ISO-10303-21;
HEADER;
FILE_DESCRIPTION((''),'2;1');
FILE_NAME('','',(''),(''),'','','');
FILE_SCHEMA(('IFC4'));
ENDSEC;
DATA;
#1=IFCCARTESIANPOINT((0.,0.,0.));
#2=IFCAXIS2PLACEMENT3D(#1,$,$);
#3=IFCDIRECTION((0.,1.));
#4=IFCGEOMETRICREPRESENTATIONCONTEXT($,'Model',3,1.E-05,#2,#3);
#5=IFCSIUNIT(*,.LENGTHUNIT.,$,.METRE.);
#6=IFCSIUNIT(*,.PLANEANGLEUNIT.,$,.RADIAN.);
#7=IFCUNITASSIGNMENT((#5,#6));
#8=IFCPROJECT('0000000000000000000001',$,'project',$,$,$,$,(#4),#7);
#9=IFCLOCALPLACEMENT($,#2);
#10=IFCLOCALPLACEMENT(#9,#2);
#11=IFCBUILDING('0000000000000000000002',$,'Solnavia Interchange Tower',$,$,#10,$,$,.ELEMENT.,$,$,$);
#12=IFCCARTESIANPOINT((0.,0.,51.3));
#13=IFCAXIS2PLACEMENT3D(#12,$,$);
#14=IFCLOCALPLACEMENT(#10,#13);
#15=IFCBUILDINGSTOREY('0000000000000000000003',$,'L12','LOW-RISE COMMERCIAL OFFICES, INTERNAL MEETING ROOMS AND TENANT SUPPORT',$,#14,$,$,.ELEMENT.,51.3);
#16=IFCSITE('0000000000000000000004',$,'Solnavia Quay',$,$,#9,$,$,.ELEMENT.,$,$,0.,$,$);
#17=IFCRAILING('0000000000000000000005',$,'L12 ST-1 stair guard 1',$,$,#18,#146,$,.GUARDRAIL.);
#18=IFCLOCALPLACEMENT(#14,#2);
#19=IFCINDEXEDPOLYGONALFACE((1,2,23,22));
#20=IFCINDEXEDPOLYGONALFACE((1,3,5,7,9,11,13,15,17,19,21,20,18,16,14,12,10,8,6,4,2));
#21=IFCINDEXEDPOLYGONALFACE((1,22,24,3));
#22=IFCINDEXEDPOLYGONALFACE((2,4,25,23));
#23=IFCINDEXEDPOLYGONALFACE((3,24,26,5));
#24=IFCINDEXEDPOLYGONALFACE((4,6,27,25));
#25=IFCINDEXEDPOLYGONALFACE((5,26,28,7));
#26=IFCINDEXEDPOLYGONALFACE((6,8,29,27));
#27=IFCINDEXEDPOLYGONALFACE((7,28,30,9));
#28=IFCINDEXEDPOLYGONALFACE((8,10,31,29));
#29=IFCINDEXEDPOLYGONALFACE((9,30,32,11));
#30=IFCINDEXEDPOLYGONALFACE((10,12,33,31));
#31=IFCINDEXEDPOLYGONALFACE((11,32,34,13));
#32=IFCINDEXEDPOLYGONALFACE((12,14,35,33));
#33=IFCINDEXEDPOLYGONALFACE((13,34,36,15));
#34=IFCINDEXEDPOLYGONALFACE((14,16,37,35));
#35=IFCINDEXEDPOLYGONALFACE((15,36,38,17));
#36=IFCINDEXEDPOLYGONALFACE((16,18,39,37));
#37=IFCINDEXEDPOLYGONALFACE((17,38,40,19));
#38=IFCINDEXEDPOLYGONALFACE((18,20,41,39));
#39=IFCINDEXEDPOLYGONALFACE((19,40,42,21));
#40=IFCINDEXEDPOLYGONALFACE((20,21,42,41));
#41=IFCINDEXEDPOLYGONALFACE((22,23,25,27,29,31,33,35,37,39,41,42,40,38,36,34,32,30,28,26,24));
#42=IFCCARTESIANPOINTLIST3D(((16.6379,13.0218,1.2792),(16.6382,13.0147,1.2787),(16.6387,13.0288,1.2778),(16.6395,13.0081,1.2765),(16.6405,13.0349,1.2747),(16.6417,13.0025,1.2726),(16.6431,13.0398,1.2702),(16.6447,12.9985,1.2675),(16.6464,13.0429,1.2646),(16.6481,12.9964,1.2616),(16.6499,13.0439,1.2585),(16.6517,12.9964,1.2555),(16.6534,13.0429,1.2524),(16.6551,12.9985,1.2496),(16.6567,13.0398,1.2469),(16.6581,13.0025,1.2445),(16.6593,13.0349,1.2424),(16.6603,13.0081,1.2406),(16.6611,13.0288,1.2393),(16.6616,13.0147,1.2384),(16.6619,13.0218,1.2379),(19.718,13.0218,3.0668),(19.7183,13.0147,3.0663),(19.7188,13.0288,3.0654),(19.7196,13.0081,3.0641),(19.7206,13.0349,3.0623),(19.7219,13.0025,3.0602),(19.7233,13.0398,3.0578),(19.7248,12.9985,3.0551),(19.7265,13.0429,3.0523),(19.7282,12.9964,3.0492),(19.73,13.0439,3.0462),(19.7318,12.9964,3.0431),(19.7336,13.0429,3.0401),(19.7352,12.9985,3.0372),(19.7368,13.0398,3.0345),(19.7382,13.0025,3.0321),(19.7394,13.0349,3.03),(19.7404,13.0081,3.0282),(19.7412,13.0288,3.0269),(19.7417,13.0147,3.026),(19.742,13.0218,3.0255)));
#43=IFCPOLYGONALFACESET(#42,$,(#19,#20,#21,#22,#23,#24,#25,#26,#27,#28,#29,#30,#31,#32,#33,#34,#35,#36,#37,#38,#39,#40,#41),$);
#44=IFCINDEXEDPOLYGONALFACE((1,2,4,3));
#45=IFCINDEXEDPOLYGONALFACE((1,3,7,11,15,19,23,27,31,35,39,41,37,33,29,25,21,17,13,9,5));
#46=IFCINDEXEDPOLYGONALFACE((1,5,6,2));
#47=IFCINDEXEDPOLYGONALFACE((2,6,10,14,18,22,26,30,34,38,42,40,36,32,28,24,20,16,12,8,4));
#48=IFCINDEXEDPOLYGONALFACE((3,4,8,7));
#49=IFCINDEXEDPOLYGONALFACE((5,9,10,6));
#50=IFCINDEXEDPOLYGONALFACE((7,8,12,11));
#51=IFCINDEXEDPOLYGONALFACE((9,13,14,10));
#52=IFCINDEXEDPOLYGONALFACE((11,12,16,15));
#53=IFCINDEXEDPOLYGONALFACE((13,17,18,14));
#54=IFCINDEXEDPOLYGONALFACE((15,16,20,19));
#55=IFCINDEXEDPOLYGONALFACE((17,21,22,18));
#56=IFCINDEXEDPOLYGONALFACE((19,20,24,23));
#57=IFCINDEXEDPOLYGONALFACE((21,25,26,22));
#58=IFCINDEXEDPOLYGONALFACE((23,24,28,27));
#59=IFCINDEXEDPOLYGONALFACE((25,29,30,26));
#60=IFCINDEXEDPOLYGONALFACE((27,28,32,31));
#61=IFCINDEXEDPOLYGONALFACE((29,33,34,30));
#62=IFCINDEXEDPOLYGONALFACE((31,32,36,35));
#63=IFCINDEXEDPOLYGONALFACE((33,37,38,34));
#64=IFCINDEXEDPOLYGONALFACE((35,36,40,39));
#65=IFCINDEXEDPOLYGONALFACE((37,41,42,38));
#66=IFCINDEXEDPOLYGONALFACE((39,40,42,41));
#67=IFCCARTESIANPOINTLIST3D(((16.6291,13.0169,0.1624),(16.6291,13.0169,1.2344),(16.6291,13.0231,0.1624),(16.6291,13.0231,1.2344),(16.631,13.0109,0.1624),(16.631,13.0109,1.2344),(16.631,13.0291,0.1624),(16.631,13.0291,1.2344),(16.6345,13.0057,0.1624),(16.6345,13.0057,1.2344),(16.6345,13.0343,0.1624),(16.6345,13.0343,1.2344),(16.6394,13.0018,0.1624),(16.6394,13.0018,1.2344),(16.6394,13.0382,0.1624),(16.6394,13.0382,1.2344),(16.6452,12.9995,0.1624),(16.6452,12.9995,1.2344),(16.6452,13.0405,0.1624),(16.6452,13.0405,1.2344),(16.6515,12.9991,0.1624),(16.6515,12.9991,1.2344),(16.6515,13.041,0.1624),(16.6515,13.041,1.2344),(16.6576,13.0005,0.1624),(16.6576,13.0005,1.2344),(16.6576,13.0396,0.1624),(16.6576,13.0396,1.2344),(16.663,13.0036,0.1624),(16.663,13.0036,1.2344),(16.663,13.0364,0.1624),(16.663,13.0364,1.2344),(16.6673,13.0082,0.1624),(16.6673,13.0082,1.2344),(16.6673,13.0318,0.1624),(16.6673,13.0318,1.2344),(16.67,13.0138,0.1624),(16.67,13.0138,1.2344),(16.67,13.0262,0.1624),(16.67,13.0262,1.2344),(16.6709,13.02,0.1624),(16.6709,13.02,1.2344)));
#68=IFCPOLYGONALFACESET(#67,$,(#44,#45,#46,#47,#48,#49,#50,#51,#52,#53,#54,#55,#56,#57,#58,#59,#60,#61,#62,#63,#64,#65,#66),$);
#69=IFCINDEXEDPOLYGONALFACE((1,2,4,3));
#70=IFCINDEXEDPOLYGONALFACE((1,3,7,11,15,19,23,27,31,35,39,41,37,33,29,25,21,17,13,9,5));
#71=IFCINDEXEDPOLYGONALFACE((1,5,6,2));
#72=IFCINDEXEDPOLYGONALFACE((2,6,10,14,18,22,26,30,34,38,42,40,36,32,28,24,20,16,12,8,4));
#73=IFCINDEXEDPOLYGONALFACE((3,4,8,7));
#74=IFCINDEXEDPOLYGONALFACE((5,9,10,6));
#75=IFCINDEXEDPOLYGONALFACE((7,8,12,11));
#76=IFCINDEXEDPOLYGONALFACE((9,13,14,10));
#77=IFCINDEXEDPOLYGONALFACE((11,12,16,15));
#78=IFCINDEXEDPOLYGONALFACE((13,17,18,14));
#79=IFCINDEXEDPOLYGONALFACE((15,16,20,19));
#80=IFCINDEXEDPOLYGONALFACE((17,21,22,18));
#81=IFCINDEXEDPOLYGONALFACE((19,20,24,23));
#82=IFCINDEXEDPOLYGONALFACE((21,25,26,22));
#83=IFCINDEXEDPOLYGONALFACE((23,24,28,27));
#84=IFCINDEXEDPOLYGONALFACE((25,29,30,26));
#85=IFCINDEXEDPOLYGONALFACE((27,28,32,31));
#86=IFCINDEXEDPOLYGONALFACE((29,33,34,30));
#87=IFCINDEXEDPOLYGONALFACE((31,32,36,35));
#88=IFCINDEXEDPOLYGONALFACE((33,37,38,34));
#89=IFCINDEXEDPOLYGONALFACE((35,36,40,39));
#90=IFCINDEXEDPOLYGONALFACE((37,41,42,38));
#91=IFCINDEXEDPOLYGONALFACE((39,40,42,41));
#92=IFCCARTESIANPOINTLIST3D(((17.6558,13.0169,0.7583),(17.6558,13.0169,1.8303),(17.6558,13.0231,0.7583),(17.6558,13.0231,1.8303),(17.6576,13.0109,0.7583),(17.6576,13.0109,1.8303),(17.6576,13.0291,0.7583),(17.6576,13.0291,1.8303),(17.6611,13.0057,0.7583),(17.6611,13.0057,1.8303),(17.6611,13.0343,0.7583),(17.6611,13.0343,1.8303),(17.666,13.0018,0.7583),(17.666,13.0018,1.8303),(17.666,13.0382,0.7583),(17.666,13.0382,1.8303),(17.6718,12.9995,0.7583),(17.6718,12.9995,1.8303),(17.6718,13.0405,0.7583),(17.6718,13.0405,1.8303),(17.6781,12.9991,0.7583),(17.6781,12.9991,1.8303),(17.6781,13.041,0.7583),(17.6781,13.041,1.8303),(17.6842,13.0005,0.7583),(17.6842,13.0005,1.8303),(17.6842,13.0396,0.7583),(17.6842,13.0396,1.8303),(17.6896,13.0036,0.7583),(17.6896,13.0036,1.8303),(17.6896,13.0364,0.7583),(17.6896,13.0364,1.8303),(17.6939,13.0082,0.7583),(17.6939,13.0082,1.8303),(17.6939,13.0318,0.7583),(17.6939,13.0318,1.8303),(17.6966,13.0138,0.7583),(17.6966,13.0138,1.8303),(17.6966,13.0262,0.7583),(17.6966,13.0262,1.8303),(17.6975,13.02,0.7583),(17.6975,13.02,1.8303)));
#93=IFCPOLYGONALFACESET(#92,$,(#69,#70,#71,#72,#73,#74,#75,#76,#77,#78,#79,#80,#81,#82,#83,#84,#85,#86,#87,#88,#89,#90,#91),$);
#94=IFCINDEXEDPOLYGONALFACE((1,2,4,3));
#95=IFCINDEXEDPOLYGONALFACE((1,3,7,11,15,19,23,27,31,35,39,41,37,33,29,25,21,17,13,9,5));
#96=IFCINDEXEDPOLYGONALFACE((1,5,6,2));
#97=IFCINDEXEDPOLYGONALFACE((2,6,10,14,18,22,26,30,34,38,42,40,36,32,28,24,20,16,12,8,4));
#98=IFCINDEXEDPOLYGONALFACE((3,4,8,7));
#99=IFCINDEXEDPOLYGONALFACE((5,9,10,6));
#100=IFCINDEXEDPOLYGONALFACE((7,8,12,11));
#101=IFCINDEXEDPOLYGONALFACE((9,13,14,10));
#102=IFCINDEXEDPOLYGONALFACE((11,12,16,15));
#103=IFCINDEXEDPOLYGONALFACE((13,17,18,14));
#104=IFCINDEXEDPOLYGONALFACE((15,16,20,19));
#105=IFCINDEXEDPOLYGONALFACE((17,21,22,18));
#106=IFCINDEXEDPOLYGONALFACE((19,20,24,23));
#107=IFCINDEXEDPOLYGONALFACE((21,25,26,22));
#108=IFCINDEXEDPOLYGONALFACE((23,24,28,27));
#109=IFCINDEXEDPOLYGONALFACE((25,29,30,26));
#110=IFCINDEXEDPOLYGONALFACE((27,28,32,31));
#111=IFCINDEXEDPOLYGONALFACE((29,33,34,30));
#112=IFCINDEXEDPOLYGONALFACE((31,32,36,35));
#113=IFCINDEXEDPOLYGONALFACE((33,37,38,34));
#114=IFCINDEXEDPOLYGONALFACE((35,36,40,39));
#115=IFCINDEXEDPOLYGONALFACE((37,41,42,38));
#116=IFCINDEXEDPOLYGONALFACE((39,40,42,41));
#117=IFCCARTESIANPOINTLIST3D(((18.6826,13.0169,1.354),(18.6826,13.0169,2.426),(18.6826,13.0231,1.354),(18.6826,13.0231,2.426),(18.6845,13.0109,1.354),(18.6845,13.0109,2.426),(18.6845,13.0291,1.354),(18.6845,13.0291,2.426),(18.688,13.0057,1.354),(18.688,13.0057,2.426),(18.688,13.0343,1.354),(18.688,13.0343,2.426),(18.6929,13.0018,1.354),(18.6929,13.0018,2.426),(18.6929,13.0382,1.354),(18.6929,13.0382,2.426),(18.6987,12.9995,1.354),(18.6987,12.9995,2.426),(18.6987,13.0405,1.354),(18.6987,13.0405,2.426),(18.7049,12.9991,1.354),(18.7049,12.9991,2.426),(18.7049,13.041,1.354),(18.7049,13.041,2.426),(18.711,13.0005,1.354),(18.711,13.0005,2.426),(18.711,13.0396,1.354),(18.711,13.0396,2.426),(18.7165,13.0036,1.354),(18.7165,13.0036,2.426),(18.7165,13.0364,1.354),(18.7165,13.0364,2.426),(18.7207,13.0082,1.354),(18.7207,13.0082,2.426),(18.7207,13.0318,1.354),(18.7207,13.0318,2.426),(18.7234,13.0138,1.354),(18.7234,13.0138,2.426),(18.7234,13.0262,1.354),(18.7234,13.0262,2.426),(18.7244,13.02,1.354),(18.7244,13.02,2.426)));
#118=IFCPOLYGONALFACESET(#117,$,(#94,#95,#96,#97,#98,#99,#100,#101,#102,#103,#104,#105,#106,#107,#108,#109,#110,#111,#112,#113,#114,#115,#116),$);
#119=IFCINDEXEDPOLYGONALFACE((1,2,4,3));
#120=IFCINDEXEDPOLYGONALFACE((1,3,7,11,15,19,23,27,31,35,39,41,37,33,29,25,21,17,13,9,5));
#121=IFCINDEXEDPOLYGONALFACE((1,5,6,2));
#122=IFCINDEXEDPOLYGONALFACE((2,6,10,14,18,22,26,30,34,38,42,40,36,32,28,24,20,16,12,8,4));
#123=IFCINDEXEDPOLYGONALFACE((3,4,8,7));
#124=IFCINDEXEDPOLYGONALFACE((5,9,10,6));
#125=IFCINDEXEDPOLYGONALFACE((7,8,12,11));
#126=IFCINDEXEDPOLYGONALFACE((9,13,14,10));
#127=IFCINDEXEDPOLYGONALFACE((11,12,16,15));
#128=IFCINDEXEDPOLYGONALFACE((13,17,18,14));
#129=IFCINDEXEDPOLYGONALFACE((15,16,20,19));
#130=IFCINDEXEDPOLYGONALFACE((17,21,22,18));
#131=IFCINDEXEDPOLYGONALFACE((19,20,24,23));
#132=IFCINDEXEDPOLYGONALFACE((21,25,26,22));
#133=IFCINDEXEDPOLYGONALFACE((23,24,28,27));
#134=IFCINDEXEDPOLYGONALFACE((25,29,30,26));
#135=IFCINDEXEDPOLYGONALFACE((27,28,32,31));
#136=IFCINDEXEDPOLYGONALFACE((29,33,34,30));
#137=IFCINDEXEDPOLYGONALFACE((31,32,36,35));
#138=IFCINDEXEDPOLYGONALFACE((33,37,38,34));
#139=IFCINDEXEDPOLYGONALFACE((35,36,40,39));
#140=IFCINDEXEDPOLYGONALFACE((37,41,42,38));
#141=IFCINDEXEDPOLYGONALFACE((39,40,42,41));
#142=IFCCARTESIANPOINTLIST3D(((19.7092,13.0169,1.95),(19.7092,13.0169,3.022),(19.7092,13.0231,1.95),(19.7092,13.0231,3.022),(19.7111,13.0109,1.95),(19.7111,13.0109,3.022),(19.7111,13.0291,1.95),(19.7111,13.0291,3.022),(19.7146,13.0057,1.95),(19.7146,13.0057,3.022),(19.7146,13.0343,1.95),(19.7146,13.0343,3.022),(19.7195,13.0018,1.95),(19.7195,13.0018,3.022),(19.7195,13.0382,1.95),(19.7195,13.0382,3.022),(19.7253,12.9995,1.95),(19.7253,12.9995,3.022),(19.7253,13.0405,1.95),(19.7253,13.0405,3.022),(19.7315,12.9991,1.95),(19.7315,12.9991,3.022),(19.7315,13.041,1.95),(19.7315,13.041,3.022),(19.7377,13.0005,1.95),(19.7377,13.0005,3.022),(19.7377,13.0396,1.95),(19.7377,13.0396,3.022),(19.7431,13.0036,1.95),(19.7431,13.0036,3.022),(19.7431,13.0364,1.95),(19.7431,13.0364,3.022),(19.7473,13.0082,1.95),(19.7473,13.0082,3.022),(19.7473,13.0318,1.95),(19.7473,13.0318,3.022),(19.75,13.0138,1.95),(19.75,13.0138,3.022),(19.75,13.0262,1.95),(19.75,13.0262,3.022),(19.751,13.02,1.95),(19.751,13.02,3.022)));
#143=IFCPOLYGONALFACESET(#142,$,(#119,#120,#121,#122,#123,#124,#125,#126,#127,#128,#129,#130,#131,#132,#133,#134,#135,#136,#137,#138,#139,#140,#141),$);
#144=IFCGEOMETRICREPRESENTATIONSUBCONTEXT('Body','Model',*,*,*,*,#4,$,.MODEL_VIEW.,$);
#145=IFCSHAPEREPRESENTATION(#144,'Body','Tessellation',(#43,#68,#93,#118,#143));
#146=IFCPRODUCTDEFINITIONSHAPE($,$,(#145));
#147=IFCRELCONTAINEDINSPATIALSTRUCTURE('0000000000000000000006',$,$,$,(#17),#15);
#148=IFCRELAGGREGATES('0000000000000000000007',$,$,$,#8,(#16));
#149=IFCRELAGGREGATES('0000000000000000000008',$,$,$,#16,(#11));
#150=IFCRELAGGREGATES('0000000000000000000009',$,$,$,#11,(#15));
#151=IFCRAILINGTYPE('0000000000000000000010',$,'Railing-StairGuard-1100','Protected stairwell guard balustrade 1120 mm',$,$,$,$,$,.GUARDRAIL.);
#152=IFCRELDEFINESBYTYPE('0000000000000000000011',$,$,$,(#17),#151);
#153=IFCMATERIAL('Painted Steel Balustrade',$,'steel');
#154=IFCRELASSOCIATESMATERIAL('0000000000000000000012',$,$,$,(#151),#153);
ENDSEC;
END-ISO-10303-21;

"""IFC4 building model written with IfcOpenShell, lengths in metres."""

from ifc_helpers import new_model, si_unit, direction, frame, origin, origin_2d, place, context, subcontext, project, spatial, circle, extrude, material, type_object, element, save


model = new_model("IFC4")

# Units and contexts
model_context = context("Model", 3, precision=1e-05, world=origin(), true_north=direction((0.0, 1.0)))
body_context = subcontext(model_context, "Body", "Model", "MODEL_VIEW")
ifc_project = project(units=[si_unit("LENGTHUNIT", "METRE"), si_unit("PLANEANGLEUNIT", "RADIAN")], contexts=[model_context])

# Site, building, storey
site_placement = place(None, origin())
site = spatial("IfcSite", under=ifc_project, at=site_placement, Name="Solnavia Quay", CompositionType="ELEMENT", RefElevation=0.0)
building_placement = place(site_placement, origin())
building = spatial("IfcBuilding", under=site, at=building_placement, Name="Solnavia Interchange Tower", CompositionType="ELEMENT")
storey_placement = place(building_placement, frame((0.0, 0.0, 51.3)))
storey = spatial("IfcBuildingStorey", under=building, at=storey_placement, Name="L12", Description="LOW-RISE COMMERCIAL OFFICES, INTERNAL MEETING ROOMS AND TENANT SUPPORT", CompositionType="ELEMENT", Elevation=51.3)

# Railing
ifc_material_1 = material(Name="Painted Steel Balustrade", Category="steel")
railing_type_1 = type_object("IfcRailingType", Name="Railing-StairGuard-1100", Description="Protected stairwell guard balustrade 1120 mm", PredefinedType="GUARDRAIL", material=ifc_material_1)
railing_1_placement = place(storey_placement, frame((16.6499, 13.02, 0.1624)))
element("IfcRailing", 1, at=railing_1_placement, inside=storey, type_object=railing_type_1, Name="L12 ST-1 stair guard 1", PredefinedType="GUARDRAIL", context=body_context, shape_type="SweptSolid", body=[
    extrude(circle(Radius=0.0239, at=origin_2d()), frame((0.0, 0.0, 1.0962), z_axis=(0.864891, 0.0, 0.50196), x_axis=(0.0, 1.0, 0.0)), (0.0, 0.0, 1.0), 3.5613),
    extrude(circle(Radius=0.021, at=origin_2d()), origin(), (0.0, 0.0, 1.0), 1.072),
    extrude(circle(Radius=0.021, at=origin_2d()), frame((1.0266, 0.0, 0.5959)), (0.0, 0.0, 1.0), 1.072),
    extrude(circle(Radius=0.021, at=origin_2d()), frame((2.0535, 0.0, 1.1917)), (0.0, 0.0, 1.0), 1.072),
    extrude(circle(Radius=0.021, at=origin_2d()), frame((3.0801, 0.0, 1.7876)), (0.0, 0.0, 1.0), 1.072),
])

save(model, "model.ifc")
